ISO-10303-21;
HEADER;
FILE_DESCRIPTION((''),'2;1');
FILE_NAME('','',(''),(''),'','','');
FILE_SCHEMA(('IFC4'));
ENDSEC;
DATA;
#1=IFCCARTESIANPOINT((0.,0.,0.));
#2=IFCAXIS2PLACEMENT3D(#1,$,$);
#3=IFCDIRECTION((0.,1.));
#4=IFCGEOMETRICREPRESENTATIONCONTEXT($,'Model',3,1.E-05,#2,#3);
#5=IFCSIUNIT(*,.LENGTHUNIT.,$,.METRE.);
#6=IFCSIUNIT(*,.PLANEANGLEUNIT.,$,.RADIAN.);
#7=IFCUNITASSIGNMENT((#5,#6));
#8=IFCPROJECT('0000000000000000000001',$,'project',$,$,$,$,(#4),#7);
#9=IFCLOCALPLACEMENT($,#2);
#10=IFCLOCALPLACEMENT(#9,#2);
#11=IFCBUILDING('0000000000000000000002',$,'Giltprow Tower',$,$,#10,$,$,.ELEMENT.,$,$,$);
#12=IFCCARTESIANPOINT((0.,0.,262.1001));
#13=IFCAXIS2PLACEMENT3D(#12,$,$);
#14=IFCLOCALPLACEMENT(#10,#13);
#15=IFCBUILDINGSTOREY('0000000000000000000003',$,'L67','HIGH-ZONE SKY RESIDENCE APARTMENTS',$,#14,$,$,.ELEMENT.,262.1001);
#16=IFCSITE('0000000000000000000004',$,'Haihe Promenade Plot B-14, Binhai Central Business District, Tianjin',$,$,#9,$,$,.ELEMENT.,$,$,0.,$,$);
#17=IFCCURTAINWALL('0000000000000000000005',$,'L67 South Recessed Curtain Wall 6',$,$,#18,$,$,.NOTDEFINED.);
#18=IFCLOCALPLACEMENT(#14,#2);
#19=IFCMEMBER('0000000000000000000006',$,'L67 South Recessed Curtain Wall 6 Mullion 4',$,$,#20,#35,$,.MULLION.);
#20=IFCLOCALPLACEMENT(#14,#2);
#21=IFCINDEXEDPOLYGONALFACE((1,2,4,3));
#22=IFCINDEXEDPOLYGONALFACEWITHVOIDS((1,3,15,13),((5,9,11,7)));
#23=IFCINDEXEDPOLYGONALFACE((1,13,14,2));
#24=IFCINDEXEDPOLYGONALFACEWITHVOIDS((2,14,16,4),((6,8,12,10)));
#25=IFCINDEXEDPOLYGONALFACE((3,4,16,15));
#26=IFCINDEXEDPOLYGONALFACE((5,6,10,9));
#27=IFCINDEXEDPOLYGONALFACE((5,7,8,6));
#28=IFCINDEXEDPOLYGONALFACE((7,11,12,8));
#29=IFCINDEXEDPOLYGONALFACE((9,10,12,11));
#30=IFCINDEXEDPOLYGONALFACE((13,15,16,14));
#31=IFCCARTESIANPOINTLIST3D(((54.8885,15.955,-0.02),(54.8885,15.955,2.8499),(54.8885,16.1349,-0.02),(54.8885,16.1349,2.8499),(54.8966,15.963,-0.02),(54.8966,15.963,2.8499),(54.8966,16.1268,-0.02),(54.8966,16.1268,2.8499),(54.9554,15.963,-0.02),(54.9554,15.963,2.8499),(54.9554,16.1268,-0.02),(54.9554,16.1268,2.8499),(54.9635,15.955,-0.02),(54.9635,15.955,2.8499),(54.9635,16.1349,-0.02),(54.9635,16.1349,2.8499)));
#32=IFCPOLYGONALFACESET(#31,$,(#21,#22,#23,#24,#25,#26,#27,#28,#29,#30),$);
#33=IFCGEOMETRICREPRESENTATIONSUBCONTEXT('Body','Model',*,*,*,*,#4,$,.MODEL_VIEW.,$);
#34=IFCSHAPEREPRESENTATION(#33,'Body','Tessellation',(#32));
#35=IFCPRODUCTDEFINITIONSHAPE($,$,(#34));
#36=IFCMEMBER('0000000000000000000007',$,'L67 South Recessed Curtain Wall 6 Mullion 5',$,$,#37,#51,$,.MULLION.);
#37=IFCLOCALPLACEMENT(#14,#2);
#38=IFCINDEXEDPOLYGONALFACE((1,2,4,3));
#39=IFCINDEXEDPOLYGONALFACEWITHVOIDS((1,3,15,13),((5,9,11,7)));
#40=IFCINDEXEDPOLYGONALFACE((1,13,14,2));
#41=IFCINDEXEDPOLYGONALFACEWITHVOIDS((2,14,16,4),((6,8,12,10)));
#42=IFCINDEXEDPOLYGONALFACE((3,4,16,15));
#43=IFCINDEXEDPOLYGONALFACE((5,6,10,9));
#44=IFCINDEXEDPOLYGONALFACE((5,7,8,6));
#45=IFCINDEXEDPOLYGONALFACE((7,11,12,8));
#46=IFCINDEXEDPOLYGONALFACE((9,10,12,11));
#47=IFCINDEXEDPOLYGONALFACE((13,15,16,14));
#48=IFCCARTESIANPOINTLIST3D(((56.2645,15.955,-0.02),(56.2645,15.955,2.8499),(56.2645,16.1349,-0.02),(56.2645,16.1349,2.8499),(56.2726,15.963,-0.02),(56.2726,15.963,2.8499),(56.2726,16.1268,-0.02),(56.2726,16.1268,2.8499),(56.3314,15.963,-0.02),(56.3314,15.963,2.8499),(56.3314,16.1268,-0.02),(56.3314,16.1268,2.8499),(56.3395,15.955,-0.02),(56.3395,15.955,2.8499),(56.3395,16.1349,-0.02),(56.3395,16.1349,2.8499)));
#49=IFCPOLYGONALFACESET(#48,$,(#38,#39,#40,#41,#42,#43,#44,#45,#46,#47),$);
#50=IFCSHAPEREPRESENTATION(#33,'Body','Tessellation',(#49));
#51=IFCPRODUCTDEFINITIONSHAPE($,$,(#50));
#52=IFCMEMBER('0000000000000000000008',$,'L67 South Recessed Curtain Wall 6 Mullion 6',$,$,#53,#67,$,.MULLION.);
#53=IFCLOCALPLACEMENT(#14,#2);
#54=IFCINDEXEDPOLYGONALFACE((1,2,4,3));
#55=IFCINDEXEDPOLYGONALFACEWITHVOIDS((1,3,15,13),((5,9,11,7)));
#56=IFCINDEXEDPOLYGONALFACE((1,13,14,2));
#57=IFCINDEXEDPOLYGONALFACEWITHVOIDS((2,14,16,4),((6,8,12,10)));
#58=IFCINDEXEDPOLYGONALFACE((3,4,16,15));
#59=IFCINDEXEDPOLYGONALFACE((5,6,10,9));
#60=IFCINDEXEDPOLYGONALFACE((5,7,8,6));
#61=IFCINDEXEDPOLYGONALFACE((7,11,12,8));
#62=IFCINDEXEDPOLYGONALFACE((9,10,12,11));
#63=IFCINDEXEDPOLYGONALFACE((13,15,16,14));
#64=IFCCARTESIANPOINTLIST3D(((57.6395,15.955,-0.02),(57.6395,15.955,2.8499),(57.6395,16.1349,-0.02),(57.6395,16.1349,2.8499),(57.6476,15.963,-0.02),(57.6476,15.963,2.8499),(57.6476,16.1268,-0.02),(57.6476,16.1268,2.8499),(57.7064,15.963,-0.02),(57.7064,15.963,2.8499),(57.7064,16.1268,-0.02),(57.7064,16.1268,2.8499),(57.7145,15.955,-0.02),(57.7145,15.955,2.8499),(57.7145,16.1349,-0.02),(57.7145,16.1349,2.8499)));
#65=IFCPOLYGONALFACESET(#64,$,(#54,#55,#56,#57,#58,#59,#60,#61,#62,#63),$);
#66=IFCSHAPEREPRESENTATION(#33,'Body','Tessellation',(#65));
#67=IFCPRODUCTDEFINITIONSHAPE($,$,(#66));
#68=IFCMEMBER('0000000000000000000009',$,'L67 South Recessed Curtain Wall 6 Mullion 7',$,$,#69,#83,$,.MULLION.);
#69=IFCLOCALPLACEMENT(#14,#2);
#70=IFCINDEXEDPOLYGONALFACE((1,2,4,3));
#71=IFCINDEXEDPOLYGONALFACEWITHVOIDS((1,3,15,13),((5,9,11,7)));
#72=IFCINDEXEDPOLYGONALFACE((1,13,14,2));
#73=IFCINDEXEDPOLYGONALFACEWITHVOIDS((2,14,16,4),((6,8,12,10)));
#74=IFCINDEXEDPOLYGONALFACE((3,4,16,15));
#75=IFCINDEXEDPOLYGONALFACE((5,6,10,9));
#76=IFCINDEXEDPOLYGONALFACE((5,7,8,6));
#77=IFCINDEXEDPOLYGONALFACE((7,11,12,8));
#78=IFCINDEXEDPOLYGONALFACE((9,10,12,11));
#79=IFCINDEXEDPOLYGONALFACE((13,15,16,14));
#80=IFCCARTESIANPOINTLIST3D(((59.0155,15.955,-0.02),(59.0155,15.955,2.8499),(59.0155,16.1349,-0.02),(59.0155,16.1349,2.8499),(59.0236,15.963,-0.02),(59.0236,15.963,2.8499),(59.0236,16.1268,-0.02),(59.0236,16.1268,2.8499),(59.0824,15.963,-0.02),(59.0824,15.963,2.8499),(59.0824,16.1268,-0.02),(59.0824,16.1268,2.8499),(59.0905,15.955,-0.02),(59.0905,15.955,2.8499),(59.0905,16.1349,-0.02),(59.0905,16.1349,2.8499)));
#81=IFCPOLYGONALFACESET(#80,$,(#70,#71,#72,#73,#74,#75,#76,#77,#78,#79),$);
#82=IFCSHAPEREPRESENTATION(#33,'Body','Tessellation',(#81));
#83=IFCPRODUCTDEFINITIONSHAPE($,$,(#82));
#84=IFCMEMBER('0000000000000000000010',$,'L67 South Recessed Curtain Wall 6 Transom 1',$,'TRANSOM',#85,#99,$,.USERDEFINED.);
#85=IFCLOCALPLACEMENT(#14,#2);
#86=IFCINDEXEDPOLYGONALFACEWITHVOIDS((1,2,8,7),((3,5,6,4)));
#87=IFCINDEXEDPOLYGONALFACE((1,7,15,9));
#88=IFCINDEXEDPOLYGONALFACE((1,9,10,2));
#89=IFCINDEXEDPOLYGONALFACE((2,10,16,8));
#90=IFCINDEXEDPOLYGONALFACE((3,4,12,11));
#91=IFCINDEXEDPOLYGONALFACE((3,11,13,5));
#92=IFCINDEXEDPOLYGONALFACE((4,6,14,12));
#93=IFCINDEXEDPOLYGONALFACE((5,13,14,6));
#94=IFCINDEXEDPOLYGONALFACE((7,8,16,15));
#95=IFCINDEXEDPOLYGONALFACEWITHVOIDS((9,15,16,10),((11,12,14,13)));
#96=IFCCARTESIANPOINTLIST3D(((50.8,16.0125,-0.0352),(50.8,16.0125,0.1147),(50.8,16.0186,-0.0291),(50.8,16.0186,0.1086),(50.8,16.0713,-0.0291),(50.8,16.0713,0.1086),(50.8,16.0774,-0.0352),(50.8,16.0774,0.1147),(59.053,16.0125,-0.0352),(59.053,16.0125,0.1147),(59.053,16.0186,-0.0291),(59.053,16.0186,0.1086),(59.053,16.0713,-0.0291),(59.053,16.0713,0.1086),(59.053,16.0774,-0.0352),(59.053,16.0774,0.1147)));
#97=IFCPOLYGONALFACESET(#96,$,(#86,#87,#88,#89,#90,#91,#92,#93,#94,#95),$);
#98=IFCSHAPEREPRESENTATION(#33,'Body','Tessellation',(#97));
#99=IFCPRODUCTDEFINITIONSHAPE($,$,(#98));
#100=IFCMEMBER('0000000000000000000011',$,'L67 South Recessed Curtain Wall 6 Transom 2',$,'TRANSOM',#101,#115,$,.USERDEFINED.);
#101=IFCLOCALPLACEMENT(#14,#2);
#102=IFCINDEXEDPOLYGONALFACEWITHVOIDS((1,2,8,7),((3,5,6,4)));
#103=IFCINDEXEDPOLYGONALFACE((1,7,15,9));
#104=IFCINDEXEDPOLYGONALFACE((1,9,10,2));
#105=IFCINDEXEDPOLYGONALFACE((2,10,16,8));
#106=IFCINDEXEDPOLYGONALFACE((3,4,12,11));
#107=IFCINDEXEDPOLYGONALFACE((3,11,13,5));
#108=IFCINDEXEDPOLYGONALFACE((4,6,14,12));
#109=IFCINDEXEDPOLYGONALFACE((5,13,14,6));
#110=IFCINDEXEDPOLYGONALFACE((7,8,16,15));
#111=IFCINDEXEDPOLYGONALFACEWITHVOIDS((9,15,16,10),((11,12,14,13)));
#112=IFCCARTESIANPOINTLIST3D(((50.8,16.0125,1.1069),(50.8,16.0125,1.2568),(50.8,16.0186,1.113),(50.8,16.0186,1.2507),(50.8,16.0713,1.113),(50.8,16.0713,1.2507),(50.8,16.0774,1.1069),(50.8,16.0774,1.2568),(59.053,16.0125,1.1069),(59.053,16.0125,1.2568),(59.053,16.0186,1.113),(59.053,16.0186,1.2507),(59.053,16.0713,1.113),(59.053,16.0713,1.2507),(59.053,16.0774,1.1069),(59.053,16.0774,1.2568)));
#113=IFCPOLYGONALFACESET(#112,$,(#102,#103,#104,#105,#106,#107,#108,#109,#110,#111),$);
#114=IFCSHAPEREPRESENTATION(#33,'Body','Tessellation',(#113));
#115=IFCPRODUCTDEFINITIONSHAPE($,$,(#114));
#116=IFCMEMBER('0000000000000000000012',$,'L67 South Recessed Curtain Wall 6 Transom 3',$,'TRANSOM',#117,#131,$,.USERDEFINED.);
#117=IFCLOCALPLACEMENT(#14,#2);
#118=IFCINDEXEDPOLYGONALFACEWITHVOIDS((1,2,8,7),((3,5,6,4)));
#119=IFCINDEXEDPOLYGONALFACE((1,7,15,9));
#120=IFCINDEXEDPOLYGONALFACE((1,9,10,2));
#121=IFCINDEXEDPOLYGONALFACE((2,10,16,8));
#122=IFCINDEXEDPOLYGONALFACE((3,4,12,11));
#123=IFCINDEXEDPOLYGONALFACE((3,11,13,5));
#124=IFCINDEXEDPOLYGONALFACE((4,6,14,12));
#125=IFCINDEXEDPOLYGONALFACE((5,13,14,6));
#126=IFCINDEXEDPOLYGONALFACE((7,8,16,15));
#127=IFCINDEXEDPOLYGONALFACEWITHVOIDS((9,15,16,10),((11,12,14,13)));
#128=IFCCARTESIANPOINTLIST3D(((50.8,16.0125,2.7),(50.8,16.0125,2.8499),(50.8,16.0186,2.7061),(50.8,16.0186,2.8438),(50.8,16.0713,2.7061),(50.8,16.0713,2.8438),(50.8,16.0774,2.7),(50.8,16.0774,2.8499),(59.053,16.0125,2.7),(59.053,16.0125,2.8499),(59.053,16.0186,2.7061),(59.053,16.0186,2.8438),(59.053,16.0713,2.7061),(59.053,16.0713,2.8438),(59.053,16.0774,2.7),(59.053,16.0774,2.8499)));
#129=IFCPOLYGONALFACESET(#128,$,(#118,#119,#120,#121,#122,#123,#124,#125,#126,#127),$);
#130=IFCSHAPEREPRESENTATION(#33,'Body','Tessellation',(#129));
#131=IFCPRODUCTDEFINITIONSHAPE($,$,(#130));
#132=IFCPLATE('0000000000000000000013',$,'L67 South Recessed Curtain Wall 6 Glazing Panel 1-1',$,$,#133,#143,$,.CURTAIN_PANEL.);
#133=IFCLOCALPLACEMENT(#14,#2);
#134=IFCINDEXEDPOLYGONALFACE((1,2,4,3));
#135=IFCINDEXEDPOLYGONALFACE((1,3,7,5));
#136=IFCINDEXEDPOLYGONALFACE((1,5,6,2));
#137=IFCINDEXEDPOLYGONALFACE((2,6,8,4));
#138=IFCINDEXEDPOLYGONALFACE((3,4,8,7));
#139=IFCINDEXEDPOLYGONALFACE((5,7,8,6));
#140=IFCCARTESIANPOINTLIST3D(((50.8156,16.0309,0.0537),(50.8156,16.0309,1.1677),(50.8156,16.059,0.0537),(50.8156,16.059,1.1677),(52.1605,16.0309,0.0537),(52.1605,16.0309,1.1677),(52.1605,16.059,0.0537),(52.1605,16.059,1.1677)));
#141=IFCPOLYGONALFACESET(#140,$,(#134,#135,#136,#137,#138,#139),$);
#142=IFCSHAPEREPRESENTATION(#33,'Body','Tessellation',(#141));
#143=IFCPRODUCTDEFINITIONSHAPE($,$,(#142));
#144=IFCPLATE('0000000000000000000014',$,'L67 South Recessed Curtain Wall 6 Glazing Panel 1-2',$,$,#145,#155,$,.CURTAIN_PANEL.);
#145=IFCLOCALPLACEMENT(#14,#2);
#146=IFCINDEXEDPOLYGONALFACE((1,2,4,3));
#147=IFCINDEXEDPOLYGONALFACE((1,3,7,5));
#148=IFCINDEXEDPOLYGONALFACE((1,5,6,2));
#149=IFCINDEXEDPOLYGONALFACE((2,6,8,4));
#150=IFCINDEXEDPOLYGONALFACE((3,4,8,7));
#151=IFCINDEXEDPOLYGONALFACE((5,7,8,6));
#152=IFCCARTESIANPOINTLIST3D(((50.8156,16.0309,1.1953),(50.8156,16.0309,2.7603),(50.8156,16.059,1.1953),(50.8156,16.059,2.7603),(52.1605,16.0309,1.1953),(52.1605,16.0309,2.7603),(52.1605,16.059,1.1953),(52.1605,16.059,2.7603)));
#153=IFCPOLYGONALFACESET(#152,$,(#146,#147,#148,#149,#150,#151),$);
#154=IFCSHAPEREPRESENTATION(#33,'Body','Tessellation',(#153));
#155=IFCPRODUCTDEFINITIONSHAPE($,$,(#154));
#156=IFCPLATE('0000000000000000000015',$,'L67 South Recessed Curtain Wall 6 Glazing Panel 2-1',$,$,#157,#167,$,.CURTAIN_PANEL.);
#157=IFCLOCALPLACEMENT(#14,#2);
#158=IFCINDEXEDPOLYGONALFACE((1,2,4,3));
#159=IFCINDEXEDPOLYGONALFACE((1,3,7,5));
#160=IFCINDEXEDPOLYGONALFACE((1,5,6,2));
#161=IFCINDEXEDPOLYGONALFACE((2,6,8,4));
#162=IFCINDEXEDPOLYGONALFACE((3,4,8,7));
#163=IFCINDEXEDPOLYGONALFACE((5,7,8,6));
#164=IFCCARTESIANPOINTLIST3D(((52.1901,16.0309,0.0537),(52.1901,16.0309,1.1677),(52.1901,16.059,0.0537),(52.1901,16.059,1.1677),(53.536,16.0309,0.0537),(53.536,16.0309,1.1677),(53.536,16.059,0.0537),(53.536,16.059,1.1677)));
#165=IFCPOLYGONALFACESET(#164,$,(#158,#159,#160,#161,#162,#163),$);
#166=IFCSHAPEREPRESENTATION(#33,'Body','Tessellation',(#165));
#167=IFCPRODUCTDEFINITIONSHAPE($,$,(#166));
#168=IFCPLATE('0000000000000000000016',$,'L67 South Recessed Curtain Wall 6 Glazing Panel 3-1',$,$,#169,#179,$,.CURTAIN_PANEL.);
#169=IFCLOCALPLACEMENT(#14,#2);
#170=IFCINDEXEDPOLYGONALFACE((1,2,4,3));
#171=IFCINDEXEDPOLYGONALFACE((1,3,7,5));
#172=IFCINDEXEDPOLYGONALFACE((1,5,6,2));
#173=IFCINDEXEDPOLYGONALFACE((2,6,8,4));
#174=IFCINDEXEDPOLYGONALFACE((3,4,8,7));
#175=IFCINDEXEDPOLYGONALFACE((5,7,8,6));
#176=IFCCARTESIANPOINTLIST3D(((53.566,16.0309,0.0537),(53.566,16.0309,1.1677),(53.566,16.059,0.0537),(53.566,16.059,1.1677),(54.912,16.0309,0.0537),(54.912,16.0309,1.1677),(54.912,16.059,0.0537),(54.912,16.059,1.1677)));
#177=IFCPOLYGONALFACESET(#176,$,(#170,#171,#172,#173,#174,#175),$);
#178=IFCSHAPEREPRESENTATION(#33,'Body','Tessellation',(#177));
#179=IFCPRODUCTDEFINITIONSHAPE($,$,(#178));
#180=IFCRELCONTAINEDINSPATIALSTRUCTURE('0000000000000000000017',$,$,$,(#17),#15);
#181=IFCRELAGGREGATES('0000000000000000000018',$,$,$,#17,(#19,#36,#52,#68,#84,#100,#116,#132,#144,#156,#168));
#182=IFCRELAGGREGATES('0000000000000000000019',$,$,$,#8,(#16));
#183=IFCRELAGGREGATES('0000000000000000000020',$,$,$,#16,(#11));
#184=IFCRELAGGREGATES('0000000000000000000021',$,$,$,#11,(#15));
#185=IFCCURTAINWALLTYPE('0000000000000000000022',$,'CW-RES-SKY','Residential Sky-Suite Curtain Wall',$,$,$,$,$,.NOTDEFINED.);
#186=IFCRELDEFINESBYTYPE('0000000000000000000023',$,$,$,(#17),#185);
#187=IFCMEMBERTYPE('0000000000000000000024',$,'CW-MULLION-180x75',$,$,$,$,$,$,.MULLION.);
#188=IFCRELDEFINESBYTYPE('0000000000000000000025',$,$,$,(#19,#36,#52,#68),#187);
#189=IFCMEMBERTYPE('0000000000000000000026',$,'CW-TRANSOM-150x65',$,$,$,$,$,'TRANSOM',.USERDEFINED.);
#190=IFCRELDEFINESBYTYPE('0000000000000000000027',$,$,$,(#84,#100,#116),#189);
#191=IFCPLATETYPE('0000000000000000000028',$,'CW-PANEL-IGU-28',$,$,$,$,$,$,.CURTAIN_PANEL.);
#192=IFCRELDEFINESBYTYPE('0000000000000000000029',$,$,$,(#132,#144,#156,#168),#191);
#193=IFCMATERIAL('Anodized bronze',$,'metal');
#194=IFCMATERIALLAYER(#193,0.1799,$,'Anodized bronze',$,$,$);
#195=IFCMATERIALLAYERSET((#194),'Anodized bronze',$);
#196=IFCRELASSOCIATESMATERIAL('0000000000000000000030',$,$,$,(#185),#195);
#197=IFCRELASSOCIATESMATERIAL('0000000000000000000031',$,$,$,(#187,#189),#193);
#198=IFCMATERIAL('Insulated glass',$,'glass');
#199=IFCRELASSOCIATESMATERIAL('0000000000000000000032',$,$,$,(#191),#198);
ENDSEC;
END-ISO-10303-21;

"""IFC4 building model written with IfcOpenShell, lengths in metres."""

from ifc_helpers import new_model, si_unit, direction, frame, origin, origin_2d, place, context, subcontext, project, spatial, rectangle, hollow_rectangle, extrude, source, transform, mapped, material, layer, layer_set, material_profile, profile_set, type_object, element, aggregate, save


model = new_model("IFC4")

# Units and contexts
model_context = context("Model", 3, precision=1e-05, world=origin(), true_north=direction((0.0, 1.0)))
body_context = subcontext(model_context, "Body", "Model", "MODEL_VIEW")
ifc_project = project(units=[si_unit("LENGTHUNIT", "METRE"), si_unit("PLANEANGLEUNIT", "RADIAN")], contexts=[model_context])

# Site, building, storey
site_placement = place(None, origin())
site = spatial("IfcSite", under=ifc_project, at=site_placement, Name="Haihe Promenade Plot B-14, Binhai Central Business District, Tianjin", CompositionType="ELEMENT", RefElevation=0.0)
building_placement = place(site_placement, origin())
building = spatial("IfcBuilding", under=site, at=building_placement, Name="Giltprow Tower", CompositionType="ELEMENT")
storey_placement = place(building_placement, frame((0.0, 0.0, 262.1001)))
storey = spatial("IfcBuildingStorey", under=building, at=storey_placement, Name="L67", Description="HIGH-ZONE SKY RESIDENCE APARTMENTS", CompositionType="ELEMENT", Elevation=262.1001)

# Curtain wall, members, plates
ifc_material_1 = material(Name="Anodized bronze", Category="metal")
ifc_layer_1 = layer(ifc_material_1, 0.1799, Name="Anodized bronze")
ifc_layer_set_1 = layer_set([ifc_layer_1], Name="Anodized bronze")
curtain_wall_type = type_object("IfcCurtainWallType", Name="CW-RES-SKY", Description="Residential Sky-Suite Curtain Wall", PredefinedType="NOTDEFINED", material=ifc_layer_set_1)
curtain_wall_placement = place(storey_placement, origin())
curtain_wall = element("IfcCurtainWall", 1, at=curtain_wall_placement, inside=storey, type_object=curtain_wall_type, Name="L67 South Recessed Curtain Wall 6", PredefinedType="NOTDEFINED")
ifc_material_profile_1 = material_profile(ifc_material_1, hollow_rectangle(XDim=0.075, YDim=0.1799, WallThickness=0.0081, at=origin_2d()), Name="RHS 180x75x8")
ifc_profile_set_1 = profile_set([ifc_material_profile_1], Name="Anodized bronze")
member_type_1 = type_object("IfcMemberType", Name="CW-MULLION-180x75", PredefinedType="MULLION", material=ifc_profile_set_1)
shared_shape_1 = source(origin(), body_context, "Body", "SweptSolid", [
    extrude(hollow_rectangle(XDim=0.075, YDim=0.1799, WallThickness=0.0081, at=origin_2d()), origin(), (0.0, 0.0, 1.0), 2.8699),
])
member_1_placement = place(storey_placement, frame((54.926, 16.0449, -0.02), z_axis=(0.0, 0.0, 1.0), x_axis=(1.0, 0.0, 0.0)))
member_1 = element("IfcMember", 2, at=member_1_placement, type_object=member_type_1, Name="L67 South Recessed Curtain Wall 6 Mullion 4", PredefinedType="MULLION", context=body_context, shape_type="MappedRepresentation", body=[
    mapped(shared_shape_1, transform((0.0, 0.0, 0.0), x_axis=(1.0, 0.0, 0.0), y_axis=(0.0, 1.0, 0.0), z_axis=(0.0, 0.0, 1.0), scale=1.0)),
])
member_2_placement = place(storey_placement, frame((56.302, 16.0449, -0.02), z_axis=(0.0, 0.0, 1.0), x_axis=(1.0, 0.0, 0.0)))
member_2 = element("IfcMember", 3, at=member_2_placement, type_object=member_type_1, Name="L67 South Recessed Curtain Wall 6 Mullion 5", PredefinedType="MULLION", context=body_context, shape_type="MappedRepresentation", body=[
    mapped(shared_shape_1, transform((0.0, 0.0, 0.0), x_axis=(1.0, 0.0, 0.0), y_axis=(0.0, 1.0, 0.0), z_axis=(0.0, 0.0, 1.0), scale=1.0)),
])
member_3_placement = place(storey_placement, frame((57.677, 16.0449, -0.02), z_axis=(0.0, 0.0, 1.0), x_axis=(1.0, 0.0, 0.0)))
member_3 = element("IfcMember", 4, at=member_3_placement, type_object=member_type_1, Name="L67 South Recessed Curtain Wall 6 Mullion 6", PredefinedType="MULLION", context=body_context, shape_type="MappedRepresentation", body=[
    mapped(shared_shape_1, transform((0.0, 0.0, 0.0), x_axis=(1.0, 0.0, 0.0), y_axis=(0.0, 1.0, 0.0), z_axis=(0.0, 0.0, 1.0), scale=1.0)),
])
member_4_placement = place(storey_placement, frame((59.053, 16.0449, -0.02), z_axis=(0.0, 0.0, 1.0), x_axis=(1.0, 0.0, 0.0)))
member_4 = element("IfcMember", 5, at=member_4_placement, type_object=member_type_1, Name="L67 South Recessed Curtain Wall 6 Mullion 7", PredefinedType="MULLION", context=body_context, shape_type="MappedRepresentation", body=[
    mapped(shared_shape_1, transform((0.0, 0.0, 0.0), x_axis=(1.0, 0.0, 0.0), y_axis=(0.0, 1.0, 0.0), z_axis=(0.0, 0.0, 1.0), scale=1.0)),
])
ifc_material_profile_2 = material_profile(ifc_material_1, hollow_rectangle(XDim=0.0649, YDim=0.1499, WallThickness=0.0061, at=origin_2d()), Name="RHS 150x65x6")
ifc_profile_set_2 = profile_set([ifc_material_profile_2], Name="Anodized bronze")
member_type_2 = type_object("IfcMemberType", Name="CW-TRANSOM-150x65", ElementType="TRANSOM", PredefinedType="USERDEFINED", material=ifc_profile_set_2)
shared_shape_2 = source(origin(), body_context, "Body", "SweptSolid", [
    extrude(hollow_rectangle(XDim=0.0649, YDim=0.1499, WallThickness=0.0061, at=origin_2d()), origin(), (0.0, 0.0, 1.0), 8.2529),
])
member_5_placement = place(storey_placement, frame((50.8, 16.0449, 0.0398), z_axis=(1.0, 0.0, 0.0), x_axis=(0.0, 1.0, 0.0)))
member_5 = element("IfcMember", 6, at=member_5_placement, type_object=member_type_2, Name="L67 South Recessed Curtain Wall 6 Transom 1", ObjectType="TRANSOM", PredefinedType="USERDEFINED", context=body_context, shape_type="MappedRepresentation", body=[
    mapped(shared_shape_2, transform((0.0, 0.0, 0.0), x_axis=(1.0, 0.0, 0.0), y_axis=(0.0, 1.0, 0.0), z_axis=(0.0, 0.0, 1.0), scale=1.0)),
])
member_6_placement = place(storey_placement, frame((50.8, 16.0449, 1.1819), z_axis=(1.0, 0.0, 0.0), x_axis=(0.0, 1.0, 0.0)))
member_6 = element("IfcMember", 7, at=member_6_placement, type_object=member_type_2, Name="L67 South Recessed Curtain Wall 6 Transom 2", ObjectType="TRANSOM", PredefinedType="USERDEFINED", context=body_context, shape_type="MappedRepresentation", body=[
    mapped(shared_shape_2, transform((0.0, 0.0, 0.0), x_axis=(1.0, 0.0, 0.0), y_axis=(0.0, 1.0, 0.0), z_axis=(0.0, 0.0, 1.0), scale=1.0)),
])
member_7_placement = place(storey_placement, frame((50.8, 16.0449, 2.7749), z_axis=(1.0, 0.0, 0.0), x_axis=(0.0, 1.0, 0.0)))
member_7 = element("IfcMember", 8, at=member_7_placement, type_object=member_type_2, Name="L67 South Recessed Curtain Wall 6 Transom 3", ObjectType="TRANSOM", PredefinedType="USERDEFINED", context=body_context, shape_type="MappedRepresentation", body=[
    mapped(shared_shape_2, transform((0.0, 0.0, 0.0), x_axis=(1.0, 0.0, 0.0), y_axis=(0.0, 1.0, 0.0), z_axis=(0.0, 0.0, 1.0), scale=1.0)),
])
ifc_material_2 = material(Name="Insulated glass", Category="glass")
plate_type = type_object("IfcPlateType", Name="CW-PANEL-IGU-28", PredefinedType="CURTAIN_PANEL", material=ifc_material_2)
shared_shape_3 = source(origin(), body_context, "Body", "SweptSolid", [
    extrude(rectangle(XDim=1.345, YDim=0.0281, at=origin_2d()), origin(), (0.0, 0.0, 1.0), 1.114),
])
plate_1_placement = place(storey_placement, frame((51.488, 16.0449, 0.0537), z_axis=(0.0, 0.0, 1.0), x_axis=(1.0, 0.0, 0.0)))
plate_1 = element("IfcPlate", 9, at=plate_1_placement, type_object=plate_type, Name="L67 South Recessed Curtain Wall 6 Glazing Panel 1-1", PredefinedType="CURTAIN_PANEL", context=body_context, shape_type="MappedRepresentation", body=[
    mapped(shared_shape_3, transform((0.0, 0.0, 0.0), x_axis=(1.0, 0.0, 0.0), y_axis=(0.0, 1.0, 0.0), z_axis=(0.0, 0.0, 1.0), scale=1.0)),
])
shared_shape_4 = source(origin(), body_context, "Body", "SweptSolid", [
    extrude(rectangle(XDim=1.345, YDim=0.0281, at=origin_2d()), origin(), (0.0, 0.0, 1.0), 1.5649),
])
plate_2_placement = place(storey_placement, frame((51.488, 16.0449, 1.1953), z_axis=(0.0, 0.0, 1.0), x_axis=(1.0, 0.0, 0.0)))
plate_2 = element("IfcPlate", 10, at=plate_2_placement, type_object=plate_type, Name="L67 South Recessed Curtain Wall 6 Glazing Panel 1-2", PredefinedType="CURTAIN_PANEL", context=body_context, shape_type="MappedRepresentation", body=[
    mapped(shared_shape_4, transform((0.0, 0.0, 0.0), x_axis=(1.0, 0.0, 0.0), y_axis=(0.0, 1.0, 0.0), z_axis=(0.0, 0.0, 1.0), scale=1.0)),
])
shared_shape_5 = source(origin(), body_context, "Body", "SweptSolid", [
    extrude(rectangle(XDim=1.3459, YDim=0.0281, at=origin_2d()), origin(), (0.0, 0.0, 1.0), 1.114),
])
plate_3_placement = place(storey_placement, frame((52.863, 16.0449, 0.0537), z_axis=(0.0, 0.0, 1.0), x_axis=(1.0, 0.0, 0.0)))
plate_3 = element("IfcPlate", 11, at=plate_3_placement, type_object=plate_type, Name="L67 South Recessed Curtain Wall 6 Glazing Panel 2-1", PredefinedType="CURTAIN_PANEL", context=body_context, shape_type="MappedRepresentation", body=[
    mapped(shared_shape_5, transform((0.0, 0.0, 0.0), x_axis=(1.0, 0.0, 0.0), y_axis=(0.0, 1.0, 0.0), z_axis=(0.0, 0.0, 1.0), scale=1.0)),
])
plate_4_placement = place(storey_placement, frame((54.239, 16.0449, 0.0537), z_axis=(0.0, 0.0, 1.0), x_axis=(1.0, 0.0, 0.0)))
plate_4 = element("IfcPlate", 12, at=plate_4_placement, type_object=plate_type, Name="L67 South Recessed Curtain Wall 6 Glazing Panel 3-1", PredefinedType="CURTAIN_PANEL", context=body_context, shape_type="MappedRepresentation", body=[
    mapped(shared_shape_5, transform((0.0, 0.0, 0.0), x_axis=(1.0, 0.0, 0.0), y_axis=(0.0, 1.0, 0.0), z_axis=(0.0, 0.0, 1.0), scale=1.0)),
])
aggregate(curtain_wall, [member_1, member_2, member_3, member_4, member_5, member_6, member_7, plate_1, plate_2, plate_3, plate_4])

save(model, "model.ifc")
